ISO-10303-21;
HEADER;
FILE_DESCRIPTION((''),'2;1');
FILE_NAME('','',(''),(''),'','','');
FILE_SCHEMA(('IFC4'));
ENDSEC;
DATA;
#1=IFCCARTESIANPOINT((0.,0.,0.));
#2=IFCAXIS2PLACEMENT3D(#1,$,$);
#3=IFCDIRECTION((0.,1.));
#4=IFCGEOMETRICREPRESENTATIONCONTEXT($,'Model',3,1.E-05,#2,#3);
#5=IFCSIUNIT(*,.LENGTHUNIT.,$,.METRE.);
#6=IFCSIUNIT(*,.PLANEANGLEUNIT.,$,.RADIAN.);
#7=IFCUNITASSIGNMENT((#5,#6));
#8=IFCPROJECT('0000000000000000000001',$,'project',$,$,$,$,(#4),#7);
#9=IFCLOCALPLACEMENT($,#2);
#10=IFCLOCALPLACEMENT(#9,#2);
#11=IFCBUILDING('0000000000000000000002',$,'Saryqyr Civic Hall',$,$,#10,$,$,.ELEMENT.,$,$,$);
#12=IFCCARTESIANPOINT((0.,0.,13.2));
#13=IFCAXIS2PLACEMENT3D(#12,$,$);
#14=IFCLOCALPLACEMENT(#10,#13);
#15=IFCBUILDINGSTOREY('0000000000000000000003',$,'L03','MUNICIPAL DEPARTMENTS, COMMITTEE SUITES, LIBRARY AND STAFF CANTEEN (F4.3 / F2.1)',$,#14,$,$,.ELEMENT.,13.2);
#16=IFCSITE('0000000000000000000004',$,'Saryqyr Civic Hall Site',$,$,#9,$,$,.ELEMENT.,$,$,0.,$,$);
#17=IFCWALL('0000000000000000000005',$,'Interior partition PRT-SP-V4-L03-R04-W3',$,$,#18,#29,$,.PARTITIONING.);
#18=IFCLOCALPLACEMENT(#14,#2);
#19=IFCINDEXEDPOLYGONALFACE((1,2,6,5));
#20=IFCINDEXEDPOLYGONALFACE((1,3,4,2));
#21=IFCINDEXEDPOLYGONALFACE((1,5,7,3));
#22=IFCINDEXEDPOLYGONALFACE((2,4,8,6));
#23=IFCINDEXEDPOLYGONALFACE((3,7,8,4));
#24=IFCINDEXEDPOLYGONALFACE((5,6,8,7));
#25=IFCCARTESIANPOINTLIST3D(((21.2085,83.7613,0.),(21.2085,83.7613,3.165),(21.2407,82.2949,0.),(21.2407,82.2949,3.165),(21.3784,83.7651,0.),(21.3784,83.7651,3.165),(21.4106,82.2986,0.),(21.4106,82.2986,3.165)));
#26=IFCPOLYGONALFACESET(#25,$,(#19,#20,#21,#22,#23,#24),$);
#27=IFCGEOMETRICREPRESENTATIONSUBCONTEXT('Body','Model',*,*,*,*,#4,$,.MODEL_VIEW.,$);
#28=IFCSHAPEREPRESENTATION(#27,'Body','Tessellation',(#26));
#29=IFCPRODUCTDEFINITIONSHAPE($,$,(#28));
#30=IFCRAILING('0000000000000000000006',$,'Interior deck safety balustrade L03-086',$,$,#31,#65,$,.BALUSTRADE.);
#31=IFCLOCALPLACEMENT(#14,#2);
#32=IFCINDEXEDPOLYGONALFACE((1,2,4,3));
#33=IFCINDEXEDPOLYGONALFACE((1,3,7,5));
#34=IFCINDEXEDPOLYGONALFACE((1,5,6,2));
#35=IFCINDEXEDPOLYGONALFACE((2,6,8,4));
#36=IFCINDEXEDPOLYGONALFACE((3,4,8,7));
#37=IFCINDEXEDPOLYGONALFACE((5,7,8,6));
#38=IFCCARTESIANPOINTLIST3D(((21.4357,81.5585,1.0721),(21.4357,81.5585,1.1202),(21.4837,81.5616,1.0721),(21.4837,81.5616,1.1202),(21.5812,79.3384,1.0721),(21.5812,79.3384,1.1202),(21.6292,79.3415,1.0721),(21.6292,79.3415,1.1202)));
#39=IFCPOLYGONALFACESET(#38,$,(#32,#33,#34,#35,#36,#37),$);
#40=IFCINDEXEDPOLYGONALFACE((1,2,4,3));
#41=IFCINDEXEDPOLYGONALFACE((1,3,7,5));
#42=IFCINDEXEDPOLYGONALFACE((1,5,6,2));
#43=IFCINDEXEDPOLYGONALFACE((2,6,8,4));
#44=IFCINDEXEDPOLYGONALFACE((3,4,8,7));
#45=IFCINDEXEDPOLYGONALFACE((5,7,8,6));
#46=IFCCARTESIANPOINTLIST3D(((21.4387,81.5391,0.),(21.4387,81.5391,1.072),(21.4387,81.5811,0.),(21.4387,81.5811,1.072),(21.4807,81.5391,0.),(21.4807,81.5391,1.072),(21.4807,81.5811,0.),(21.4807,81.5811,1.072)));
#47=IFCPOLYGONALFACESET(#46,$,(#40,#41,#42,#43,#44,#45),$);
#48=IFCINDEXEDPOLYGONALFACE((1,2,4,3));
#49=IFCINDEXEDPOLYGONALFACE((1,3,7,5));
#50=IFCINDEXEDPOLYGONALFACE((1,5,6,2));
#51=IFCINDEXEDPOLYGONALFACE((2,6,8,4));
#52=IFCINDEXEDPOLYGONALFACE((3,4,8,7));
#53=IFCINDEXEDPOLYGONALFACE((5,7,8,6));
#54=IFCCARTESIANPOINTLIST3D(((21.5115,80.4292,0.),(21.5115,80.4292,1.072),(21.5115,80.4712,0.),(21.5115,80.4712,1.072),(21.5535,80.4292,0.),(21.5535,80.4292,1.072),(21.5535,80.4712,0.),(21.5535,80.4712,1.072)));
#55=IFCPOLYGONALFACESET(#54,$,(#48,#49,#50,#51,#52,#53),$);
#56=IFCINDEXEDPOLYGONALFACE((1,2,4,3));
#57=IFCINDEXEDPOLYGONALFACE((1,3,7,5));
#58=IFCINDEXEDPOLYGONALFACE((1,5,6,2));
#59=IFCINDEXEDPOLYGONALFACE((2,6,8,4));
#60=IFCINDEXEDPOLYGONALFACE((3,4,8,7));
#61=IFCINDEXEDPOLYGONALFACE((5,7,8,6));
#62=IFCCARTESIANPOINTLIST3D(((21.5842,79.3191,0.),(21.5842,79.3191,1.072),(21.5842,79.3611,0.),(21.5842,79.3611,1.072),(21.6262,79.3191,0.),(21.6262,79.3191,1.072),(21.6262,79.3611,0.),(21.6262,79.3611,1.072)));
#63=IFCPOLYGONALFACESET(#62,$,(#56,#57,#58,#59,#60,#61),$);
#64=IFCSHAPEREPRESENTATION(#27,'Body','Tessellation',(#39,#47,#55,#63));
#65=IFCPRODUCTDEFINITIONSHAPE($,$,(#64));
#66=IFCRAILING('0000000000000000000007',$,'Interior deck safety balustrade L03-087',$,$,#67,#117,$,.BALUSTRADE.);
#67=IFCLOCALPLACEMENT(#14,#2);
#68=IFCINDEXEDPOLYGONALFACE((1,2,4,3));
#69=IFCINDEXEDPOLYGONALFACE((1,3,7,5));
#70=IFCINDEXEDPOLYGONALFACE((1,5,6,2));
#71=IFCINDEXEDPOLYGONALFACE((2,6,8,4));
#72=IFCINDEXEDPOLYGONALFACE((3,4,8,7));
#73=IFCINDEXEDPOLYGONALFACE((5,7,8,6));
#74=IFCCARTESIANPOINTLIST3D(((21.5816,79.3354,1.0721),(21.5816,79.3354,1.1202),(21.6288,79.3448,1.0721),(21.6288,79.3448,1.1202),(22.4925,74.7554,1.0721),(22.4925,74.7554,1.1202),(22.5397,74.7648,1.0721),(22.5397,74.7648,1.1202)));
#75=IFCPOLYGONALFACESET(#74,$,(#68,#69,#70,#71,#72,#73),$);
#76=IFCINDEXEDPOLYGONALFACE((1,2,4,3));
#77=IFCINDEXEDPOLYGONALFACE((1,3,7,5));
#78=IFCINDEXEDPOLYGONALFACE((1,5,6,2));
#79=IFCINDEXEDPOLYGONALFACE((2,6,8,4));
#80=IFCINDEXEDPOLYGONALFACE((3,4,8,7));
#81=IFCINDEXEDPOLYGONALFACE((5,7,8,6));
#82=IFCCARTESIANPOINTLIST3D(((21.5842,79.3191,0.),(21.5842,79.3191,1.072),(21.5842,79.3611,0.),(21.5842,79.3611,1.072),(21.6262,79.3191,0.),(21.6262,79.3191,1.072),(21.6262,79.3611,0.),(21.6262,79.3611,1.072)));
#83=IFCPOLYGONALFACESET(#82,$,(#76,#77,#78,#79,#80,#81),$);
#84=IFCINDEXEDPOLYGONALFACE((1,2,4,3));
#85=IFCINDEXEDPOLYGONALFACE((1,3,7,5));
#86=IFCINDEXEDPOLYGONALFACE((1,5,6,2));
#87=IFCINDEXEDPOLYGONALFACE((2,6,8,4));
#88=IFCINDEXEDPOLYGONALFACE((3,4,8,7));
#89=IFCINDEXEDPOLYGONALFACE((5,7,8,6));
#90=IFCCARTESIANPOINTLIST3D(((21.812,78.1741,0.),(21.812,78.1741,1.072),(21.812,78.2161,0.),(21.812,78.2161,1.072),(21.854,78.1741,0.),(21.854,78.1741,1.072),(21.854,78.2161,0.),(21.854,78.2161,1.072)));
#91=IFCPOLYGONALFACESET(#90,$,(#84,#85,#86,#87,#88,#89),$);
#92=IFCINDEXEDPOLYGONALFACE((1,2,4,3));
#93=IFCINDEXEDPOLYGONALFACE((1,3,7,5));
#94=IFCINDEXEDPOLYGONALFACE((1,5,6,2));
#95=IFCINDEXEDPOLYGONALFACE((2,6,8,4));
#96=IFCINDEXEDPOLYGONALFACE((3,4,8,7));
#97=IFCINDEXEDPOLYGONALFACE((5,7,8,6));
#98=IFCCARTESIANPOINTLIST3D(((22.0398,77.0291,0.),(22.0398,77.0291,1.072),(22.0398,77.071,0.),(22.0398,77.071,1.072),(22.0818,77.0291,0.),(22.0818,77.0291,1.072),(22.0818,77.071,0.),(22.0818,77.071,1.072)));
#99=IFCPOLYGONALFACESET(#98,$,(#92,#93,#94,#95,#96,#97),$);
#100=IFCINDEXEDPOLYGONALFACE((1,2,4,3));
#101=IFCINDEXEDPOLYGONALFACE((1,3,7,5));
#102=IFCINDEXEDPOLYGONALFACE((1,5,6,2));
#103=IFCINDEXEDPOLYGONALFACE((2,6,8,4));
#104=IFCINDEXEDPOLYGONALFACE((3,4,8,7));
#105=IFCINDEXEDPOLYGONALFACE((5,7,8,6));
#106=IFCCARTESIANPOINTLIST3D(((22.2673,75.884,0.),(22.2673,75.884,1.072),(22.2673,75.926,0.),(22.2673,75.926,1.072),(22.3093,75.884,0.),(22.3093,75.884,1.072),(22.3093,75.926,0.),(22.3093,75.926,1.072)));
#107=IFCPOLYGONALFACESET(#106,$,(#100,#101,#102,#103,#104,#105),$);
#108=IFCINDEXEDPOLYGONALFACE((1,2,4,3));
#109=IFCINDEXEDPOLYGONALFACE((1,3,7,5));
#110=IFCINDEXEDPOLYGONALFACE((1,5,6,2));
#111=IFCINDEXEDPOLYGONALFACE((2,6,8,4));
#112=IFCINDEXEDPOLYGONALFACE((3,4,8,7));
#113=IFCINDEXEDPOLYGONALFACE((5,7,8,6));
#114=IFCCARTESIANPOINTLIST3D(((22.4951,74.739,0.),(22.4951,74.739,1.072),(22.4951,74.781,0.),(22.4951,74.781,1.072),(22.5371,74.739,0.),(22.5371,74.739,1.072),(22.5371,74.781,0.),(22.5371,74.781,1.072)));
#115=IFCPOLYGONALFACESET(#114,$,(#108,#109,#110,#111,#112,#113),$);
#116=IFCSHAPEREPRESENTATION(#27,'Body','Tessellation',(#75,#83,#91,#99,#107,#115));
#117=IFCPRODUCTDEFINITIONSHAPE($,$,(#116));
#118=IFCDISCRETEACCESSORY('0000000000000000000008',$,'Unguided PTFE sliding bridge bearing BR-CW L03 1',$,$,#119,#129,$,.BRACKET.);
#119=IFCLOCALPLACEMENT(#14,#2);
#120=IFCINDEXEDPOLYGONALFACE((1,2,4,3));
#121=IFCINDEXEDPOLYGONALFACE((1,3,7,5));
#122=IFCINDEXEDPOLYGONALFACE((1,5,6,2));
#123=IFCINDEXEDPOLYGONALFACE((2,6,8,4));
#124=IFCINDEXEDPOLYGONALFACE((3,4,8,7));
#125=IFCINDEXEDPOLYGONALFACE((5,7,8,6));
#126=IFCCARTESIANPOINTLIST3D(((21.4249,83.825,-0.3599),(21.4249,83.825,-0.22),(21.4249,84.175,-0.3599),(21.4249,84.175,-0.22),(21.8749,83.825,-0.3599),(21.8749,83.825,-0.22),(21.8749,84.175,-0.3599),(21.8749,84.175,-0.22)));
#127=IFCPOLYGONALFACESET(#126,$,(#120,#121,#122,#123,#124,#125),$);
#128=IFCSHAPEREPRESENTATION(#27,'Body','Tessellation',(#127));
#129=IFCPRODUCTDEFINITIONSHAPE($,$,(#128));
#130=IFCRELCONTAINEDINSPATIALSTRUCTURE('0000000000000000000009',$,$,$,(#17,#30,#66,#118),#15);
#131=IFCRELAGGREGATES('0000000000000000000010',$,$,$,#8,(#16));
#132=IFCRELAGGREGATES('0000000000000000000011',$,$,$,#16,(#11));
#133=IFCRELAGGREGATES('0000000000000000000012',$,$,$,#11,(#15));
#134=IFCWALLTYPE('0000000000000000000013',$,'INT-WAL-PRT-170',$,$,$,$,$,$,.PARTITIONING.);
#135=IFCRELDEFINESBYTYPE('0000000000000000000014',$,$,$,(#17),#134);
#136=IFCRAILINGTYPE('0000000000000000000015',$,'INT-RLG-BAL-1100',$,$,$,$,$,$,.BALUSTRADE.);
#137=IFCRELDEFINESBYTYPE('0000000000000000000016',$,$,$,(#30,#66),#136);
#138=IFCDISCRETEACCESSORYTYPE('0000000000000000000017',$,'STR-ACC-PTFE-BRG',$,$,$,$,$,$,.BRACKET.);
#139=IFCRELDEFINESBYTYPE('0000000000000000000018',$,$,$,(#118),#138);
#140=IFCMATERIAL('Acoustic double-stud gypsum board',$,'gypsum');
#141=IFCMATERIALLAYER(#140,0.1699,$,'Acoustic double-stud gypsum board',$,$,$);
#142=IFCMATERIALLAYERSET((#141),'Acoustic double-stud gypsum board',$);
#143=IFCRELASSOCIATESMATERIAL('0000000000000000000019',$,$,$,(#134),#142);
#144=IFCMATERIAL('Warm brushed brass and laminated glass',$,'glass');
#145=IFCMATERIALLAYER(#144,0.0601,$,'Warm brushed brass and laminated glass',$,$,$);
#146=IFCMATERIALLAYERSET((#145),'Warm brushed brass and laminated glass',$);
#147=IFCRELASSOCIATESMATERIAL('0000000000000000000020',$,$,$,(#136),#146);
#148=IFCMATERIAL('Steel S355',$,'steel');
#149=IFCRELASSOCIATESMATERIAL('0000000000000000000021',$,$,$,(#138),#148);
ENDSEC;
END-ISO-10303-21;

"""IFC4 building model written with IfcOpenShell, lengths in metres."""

from ifc_helpers import new_model, si_unit, direction, frame, frame_2d, origin, origin_2d, place, context, subcontext, project, spatial, rectangle, extrude, material, layer, layer_set, type_object, element, save


model = new_model("IFC4")

# Units and contexts
model_context = context("Model", 3, precision=1e-05, world=origin(), true_north=direction((0.0, 1.0)))
body_context = subcontext(model_context, "Body", "Model", "MODEL_VIEW")
ifc_project = project(units=[si_unit("LENGTHUNIT", "METRE"), si_unit("PLANEANGLEUNIT", "RADIAN")], contexts=[model_context])

# Site, building, storey
site_placement = place(None, origin())
site = spatial("IfcSite", under=ifc_project, at=site_placement, Name="Saryqyr Civic Hall Site", CompositionType="ELEMENT", RefElevation=0.0)
building_placement = place(site_placement, origin())
building = spatial("IfcBuilding", under=site, at=building_placement, Name="Saryqyr Civic Hall", CompositionType="ELEMENT")
storey_placement = place(building_placement, frame((0.0, 0.0, 13.2)))
storey = spatial("IfcBuildingStorey", under=building, at=storey_placement, Name="L03", Description="MUNICIPAL DEPARTMENTS, COMMITTEE SUITES, LIBRARY AND STAFF CANTEEN (F4.3 / F2.1)", CompositionType="ELEMENT", Elevation=13.2)

# Shared definitions
ifc_material_1 = material(Name="Steel S355", Category="steel")

# Wall
ifc_material_2 = material(Name="Acoustic double-stud gypsum board", Category="gypsum")
ifc_layer_1 = layer(ifc_material_2, 0.1699, Name="Acoustic double-stud gypsum board")
ifc_layer_set_1 = layer_set([ifc_layer_1], Name="Acoustic double-stud gypsum board")
wall_type_1 = type_object("IfcWallType", Name="INT-WAL-PRT-170", PredefinedType="PARTITIONING", material=ifc_layer_set_1)
wall_1_placement = place(storey_placement, frame((21.2935, 83.7632, 0.0), z_axis=(0.0, 0.0, 1.0), x_axis=(0.021969, -0.999759, 0.0)))
element("IfcWall", 1, at=wall_1_placement, inside=storey, type_object=wall_type_1, Name="Interior partition PRT-SP-V4-L03-R04-W3", PredefinedType="PARTITIONING", context=body_context, shape_type="SweptSolid", body=[
    extrude(rectangle(XDim=1.4668, YDim=0.1699, at=frame_2d((0.7334, 0.0))), origin(), (0.0, 0.0, 1.0), 3.165),
])

# Railings
ifc_material_3 = material(Name="Warm brushed brass and laminated glass", Category="glass")
ifc_layer_2 = layer(ifc_material_3, 0.0601, Name="Warm brushed brass and laminated glass")
ifc_layer_set_2 = layer_set([ifc_layer_2], Name="Warm brushed brass and laminated glass")
railing_type = type_object("IfcRailingType", Name="INT-RLG-BAL-1100", PredefinedType="BALUSTRADE", material=ifc_layer_set_2)
railing_1_placement = place(storey_placement, frame((21.4597, 81.5601, 0.0)))
element("IfcRailing", 2, at=railing_1_placement, inside=storey, type_object=railing_type, Name="Interior deck safety balustrade L03-086", PredefinedType="BALUSTRADE", context=body_context, shape_type="SweptSolid", body=[
    extrude(rectangle(XDim=0.0481, YDim=0.0481, at=origin_2d()), frame((0.0, 0.0, 1.0962), z_axis=(0.065405, -0.997859, 0.0), x_axis=(0.997859, 0.065405, 0.0)), (0.0, 0.0, 1.0), 2.2249),
    extrude(rectangle(XDim=0.042, YDim=0.042, at=origin_2d()), origin(), (0.0, 0.0, 1.0), 1.072),
    extrude(rectangle(XDim=0.042, YDim=0.042, at=origin_2d()), frame((0.0728, -1.1099, 0.0)), (0.0, 0.0, 1.0), 1.072),
    extrude(rectangle(XDim=0.042, YDim=0.042, at=origin_2d()), frame((0.1455, -2.22, 0.0)), (0.0, 0.0, 1.0), 1.072),
])
railing_2_placement = place(storey_placement, frame((21.6052, 79.3401, 0.0)))
element("IfcRailing", 3, at=railing_2_placement, inside=storey, type_object=railing_type, Name="Interior deck safety balustrade L03-087", PredefinedType="BALUSTRADE", context=body_context, shape_type="SweptSolid", body=[
    extrude(rectangle(XDim=0.0481, YDim=0.0481, at=origin_2d()), frame((0.0, 0.0, 1.0962), z_axis=(0.19506, -0.980791, 0.0), x_axis=(0.980791, 0.19506, 0.0)), (0.0, 0.0, 1.0), 4.6697),
    extrude(rectangle(XDim=0.042, YDim=0.042, at=origin_2d()), origin(), (0.0, 0.0, 1.0), 1.072),
    extrude(rectangle(XDim=0.042, YDim=0.042, at=origin_2d()), frame((0.2278, -1.145, 0.0)), (0.0, 0.0, 1.0), 1.072),
    extrude(rectangle(XDim=0.042, YDim=0.042, at=origin_2d()), frame((0.4556, -2.29, 0.0)), (0.0, 0.0, 1.0), 1.072),
    extrude(rectangle(XDim=0.042, YDim=0.042, at=origin_2d()), frame((0.6831, -3.4351, 0.0)), (0.0, 0.0, 1.0), 1.072),
    extrude(rectangle(XDim=0.042, YDim=0.042, at=origin_2d()), frame((0.9109, -4.5801, 0.0)), (0.0, 0.0, 1.0), 1.072),
])

# Discrete accessory
discrete_accessory_type = type_object("IfcDiscreteAccessoryType", Name="STR-ACC-PTFE-BRG", PredefinedType="BRACKET", material=ifc_material_1)
discrete_accessory_placement = place(storey_placement, frame((21.6499, 84.0, -0.3599), z_axis=(0.0, 0.0, 1.0), x_axis=(1.0, 0.0, 0.0)))
element("IfcDiscreteAccessory", 4, at=discrete_accessory_placement, inside=storey, type_object=discrete_accessory_type, Name="Unguided PTFE sliding bridge bearing BR-CW L03 1", PredefinedType="BRACKET", context=body_context, shape_type="SweptSolid", body=[
    extrude(rectangle(XDim=0.45, YDim=0.3501, at=origin_2d()), origin(), (0.0, 0.0, 1.0), 0.1399),
])

save(model, "model.ifc")
